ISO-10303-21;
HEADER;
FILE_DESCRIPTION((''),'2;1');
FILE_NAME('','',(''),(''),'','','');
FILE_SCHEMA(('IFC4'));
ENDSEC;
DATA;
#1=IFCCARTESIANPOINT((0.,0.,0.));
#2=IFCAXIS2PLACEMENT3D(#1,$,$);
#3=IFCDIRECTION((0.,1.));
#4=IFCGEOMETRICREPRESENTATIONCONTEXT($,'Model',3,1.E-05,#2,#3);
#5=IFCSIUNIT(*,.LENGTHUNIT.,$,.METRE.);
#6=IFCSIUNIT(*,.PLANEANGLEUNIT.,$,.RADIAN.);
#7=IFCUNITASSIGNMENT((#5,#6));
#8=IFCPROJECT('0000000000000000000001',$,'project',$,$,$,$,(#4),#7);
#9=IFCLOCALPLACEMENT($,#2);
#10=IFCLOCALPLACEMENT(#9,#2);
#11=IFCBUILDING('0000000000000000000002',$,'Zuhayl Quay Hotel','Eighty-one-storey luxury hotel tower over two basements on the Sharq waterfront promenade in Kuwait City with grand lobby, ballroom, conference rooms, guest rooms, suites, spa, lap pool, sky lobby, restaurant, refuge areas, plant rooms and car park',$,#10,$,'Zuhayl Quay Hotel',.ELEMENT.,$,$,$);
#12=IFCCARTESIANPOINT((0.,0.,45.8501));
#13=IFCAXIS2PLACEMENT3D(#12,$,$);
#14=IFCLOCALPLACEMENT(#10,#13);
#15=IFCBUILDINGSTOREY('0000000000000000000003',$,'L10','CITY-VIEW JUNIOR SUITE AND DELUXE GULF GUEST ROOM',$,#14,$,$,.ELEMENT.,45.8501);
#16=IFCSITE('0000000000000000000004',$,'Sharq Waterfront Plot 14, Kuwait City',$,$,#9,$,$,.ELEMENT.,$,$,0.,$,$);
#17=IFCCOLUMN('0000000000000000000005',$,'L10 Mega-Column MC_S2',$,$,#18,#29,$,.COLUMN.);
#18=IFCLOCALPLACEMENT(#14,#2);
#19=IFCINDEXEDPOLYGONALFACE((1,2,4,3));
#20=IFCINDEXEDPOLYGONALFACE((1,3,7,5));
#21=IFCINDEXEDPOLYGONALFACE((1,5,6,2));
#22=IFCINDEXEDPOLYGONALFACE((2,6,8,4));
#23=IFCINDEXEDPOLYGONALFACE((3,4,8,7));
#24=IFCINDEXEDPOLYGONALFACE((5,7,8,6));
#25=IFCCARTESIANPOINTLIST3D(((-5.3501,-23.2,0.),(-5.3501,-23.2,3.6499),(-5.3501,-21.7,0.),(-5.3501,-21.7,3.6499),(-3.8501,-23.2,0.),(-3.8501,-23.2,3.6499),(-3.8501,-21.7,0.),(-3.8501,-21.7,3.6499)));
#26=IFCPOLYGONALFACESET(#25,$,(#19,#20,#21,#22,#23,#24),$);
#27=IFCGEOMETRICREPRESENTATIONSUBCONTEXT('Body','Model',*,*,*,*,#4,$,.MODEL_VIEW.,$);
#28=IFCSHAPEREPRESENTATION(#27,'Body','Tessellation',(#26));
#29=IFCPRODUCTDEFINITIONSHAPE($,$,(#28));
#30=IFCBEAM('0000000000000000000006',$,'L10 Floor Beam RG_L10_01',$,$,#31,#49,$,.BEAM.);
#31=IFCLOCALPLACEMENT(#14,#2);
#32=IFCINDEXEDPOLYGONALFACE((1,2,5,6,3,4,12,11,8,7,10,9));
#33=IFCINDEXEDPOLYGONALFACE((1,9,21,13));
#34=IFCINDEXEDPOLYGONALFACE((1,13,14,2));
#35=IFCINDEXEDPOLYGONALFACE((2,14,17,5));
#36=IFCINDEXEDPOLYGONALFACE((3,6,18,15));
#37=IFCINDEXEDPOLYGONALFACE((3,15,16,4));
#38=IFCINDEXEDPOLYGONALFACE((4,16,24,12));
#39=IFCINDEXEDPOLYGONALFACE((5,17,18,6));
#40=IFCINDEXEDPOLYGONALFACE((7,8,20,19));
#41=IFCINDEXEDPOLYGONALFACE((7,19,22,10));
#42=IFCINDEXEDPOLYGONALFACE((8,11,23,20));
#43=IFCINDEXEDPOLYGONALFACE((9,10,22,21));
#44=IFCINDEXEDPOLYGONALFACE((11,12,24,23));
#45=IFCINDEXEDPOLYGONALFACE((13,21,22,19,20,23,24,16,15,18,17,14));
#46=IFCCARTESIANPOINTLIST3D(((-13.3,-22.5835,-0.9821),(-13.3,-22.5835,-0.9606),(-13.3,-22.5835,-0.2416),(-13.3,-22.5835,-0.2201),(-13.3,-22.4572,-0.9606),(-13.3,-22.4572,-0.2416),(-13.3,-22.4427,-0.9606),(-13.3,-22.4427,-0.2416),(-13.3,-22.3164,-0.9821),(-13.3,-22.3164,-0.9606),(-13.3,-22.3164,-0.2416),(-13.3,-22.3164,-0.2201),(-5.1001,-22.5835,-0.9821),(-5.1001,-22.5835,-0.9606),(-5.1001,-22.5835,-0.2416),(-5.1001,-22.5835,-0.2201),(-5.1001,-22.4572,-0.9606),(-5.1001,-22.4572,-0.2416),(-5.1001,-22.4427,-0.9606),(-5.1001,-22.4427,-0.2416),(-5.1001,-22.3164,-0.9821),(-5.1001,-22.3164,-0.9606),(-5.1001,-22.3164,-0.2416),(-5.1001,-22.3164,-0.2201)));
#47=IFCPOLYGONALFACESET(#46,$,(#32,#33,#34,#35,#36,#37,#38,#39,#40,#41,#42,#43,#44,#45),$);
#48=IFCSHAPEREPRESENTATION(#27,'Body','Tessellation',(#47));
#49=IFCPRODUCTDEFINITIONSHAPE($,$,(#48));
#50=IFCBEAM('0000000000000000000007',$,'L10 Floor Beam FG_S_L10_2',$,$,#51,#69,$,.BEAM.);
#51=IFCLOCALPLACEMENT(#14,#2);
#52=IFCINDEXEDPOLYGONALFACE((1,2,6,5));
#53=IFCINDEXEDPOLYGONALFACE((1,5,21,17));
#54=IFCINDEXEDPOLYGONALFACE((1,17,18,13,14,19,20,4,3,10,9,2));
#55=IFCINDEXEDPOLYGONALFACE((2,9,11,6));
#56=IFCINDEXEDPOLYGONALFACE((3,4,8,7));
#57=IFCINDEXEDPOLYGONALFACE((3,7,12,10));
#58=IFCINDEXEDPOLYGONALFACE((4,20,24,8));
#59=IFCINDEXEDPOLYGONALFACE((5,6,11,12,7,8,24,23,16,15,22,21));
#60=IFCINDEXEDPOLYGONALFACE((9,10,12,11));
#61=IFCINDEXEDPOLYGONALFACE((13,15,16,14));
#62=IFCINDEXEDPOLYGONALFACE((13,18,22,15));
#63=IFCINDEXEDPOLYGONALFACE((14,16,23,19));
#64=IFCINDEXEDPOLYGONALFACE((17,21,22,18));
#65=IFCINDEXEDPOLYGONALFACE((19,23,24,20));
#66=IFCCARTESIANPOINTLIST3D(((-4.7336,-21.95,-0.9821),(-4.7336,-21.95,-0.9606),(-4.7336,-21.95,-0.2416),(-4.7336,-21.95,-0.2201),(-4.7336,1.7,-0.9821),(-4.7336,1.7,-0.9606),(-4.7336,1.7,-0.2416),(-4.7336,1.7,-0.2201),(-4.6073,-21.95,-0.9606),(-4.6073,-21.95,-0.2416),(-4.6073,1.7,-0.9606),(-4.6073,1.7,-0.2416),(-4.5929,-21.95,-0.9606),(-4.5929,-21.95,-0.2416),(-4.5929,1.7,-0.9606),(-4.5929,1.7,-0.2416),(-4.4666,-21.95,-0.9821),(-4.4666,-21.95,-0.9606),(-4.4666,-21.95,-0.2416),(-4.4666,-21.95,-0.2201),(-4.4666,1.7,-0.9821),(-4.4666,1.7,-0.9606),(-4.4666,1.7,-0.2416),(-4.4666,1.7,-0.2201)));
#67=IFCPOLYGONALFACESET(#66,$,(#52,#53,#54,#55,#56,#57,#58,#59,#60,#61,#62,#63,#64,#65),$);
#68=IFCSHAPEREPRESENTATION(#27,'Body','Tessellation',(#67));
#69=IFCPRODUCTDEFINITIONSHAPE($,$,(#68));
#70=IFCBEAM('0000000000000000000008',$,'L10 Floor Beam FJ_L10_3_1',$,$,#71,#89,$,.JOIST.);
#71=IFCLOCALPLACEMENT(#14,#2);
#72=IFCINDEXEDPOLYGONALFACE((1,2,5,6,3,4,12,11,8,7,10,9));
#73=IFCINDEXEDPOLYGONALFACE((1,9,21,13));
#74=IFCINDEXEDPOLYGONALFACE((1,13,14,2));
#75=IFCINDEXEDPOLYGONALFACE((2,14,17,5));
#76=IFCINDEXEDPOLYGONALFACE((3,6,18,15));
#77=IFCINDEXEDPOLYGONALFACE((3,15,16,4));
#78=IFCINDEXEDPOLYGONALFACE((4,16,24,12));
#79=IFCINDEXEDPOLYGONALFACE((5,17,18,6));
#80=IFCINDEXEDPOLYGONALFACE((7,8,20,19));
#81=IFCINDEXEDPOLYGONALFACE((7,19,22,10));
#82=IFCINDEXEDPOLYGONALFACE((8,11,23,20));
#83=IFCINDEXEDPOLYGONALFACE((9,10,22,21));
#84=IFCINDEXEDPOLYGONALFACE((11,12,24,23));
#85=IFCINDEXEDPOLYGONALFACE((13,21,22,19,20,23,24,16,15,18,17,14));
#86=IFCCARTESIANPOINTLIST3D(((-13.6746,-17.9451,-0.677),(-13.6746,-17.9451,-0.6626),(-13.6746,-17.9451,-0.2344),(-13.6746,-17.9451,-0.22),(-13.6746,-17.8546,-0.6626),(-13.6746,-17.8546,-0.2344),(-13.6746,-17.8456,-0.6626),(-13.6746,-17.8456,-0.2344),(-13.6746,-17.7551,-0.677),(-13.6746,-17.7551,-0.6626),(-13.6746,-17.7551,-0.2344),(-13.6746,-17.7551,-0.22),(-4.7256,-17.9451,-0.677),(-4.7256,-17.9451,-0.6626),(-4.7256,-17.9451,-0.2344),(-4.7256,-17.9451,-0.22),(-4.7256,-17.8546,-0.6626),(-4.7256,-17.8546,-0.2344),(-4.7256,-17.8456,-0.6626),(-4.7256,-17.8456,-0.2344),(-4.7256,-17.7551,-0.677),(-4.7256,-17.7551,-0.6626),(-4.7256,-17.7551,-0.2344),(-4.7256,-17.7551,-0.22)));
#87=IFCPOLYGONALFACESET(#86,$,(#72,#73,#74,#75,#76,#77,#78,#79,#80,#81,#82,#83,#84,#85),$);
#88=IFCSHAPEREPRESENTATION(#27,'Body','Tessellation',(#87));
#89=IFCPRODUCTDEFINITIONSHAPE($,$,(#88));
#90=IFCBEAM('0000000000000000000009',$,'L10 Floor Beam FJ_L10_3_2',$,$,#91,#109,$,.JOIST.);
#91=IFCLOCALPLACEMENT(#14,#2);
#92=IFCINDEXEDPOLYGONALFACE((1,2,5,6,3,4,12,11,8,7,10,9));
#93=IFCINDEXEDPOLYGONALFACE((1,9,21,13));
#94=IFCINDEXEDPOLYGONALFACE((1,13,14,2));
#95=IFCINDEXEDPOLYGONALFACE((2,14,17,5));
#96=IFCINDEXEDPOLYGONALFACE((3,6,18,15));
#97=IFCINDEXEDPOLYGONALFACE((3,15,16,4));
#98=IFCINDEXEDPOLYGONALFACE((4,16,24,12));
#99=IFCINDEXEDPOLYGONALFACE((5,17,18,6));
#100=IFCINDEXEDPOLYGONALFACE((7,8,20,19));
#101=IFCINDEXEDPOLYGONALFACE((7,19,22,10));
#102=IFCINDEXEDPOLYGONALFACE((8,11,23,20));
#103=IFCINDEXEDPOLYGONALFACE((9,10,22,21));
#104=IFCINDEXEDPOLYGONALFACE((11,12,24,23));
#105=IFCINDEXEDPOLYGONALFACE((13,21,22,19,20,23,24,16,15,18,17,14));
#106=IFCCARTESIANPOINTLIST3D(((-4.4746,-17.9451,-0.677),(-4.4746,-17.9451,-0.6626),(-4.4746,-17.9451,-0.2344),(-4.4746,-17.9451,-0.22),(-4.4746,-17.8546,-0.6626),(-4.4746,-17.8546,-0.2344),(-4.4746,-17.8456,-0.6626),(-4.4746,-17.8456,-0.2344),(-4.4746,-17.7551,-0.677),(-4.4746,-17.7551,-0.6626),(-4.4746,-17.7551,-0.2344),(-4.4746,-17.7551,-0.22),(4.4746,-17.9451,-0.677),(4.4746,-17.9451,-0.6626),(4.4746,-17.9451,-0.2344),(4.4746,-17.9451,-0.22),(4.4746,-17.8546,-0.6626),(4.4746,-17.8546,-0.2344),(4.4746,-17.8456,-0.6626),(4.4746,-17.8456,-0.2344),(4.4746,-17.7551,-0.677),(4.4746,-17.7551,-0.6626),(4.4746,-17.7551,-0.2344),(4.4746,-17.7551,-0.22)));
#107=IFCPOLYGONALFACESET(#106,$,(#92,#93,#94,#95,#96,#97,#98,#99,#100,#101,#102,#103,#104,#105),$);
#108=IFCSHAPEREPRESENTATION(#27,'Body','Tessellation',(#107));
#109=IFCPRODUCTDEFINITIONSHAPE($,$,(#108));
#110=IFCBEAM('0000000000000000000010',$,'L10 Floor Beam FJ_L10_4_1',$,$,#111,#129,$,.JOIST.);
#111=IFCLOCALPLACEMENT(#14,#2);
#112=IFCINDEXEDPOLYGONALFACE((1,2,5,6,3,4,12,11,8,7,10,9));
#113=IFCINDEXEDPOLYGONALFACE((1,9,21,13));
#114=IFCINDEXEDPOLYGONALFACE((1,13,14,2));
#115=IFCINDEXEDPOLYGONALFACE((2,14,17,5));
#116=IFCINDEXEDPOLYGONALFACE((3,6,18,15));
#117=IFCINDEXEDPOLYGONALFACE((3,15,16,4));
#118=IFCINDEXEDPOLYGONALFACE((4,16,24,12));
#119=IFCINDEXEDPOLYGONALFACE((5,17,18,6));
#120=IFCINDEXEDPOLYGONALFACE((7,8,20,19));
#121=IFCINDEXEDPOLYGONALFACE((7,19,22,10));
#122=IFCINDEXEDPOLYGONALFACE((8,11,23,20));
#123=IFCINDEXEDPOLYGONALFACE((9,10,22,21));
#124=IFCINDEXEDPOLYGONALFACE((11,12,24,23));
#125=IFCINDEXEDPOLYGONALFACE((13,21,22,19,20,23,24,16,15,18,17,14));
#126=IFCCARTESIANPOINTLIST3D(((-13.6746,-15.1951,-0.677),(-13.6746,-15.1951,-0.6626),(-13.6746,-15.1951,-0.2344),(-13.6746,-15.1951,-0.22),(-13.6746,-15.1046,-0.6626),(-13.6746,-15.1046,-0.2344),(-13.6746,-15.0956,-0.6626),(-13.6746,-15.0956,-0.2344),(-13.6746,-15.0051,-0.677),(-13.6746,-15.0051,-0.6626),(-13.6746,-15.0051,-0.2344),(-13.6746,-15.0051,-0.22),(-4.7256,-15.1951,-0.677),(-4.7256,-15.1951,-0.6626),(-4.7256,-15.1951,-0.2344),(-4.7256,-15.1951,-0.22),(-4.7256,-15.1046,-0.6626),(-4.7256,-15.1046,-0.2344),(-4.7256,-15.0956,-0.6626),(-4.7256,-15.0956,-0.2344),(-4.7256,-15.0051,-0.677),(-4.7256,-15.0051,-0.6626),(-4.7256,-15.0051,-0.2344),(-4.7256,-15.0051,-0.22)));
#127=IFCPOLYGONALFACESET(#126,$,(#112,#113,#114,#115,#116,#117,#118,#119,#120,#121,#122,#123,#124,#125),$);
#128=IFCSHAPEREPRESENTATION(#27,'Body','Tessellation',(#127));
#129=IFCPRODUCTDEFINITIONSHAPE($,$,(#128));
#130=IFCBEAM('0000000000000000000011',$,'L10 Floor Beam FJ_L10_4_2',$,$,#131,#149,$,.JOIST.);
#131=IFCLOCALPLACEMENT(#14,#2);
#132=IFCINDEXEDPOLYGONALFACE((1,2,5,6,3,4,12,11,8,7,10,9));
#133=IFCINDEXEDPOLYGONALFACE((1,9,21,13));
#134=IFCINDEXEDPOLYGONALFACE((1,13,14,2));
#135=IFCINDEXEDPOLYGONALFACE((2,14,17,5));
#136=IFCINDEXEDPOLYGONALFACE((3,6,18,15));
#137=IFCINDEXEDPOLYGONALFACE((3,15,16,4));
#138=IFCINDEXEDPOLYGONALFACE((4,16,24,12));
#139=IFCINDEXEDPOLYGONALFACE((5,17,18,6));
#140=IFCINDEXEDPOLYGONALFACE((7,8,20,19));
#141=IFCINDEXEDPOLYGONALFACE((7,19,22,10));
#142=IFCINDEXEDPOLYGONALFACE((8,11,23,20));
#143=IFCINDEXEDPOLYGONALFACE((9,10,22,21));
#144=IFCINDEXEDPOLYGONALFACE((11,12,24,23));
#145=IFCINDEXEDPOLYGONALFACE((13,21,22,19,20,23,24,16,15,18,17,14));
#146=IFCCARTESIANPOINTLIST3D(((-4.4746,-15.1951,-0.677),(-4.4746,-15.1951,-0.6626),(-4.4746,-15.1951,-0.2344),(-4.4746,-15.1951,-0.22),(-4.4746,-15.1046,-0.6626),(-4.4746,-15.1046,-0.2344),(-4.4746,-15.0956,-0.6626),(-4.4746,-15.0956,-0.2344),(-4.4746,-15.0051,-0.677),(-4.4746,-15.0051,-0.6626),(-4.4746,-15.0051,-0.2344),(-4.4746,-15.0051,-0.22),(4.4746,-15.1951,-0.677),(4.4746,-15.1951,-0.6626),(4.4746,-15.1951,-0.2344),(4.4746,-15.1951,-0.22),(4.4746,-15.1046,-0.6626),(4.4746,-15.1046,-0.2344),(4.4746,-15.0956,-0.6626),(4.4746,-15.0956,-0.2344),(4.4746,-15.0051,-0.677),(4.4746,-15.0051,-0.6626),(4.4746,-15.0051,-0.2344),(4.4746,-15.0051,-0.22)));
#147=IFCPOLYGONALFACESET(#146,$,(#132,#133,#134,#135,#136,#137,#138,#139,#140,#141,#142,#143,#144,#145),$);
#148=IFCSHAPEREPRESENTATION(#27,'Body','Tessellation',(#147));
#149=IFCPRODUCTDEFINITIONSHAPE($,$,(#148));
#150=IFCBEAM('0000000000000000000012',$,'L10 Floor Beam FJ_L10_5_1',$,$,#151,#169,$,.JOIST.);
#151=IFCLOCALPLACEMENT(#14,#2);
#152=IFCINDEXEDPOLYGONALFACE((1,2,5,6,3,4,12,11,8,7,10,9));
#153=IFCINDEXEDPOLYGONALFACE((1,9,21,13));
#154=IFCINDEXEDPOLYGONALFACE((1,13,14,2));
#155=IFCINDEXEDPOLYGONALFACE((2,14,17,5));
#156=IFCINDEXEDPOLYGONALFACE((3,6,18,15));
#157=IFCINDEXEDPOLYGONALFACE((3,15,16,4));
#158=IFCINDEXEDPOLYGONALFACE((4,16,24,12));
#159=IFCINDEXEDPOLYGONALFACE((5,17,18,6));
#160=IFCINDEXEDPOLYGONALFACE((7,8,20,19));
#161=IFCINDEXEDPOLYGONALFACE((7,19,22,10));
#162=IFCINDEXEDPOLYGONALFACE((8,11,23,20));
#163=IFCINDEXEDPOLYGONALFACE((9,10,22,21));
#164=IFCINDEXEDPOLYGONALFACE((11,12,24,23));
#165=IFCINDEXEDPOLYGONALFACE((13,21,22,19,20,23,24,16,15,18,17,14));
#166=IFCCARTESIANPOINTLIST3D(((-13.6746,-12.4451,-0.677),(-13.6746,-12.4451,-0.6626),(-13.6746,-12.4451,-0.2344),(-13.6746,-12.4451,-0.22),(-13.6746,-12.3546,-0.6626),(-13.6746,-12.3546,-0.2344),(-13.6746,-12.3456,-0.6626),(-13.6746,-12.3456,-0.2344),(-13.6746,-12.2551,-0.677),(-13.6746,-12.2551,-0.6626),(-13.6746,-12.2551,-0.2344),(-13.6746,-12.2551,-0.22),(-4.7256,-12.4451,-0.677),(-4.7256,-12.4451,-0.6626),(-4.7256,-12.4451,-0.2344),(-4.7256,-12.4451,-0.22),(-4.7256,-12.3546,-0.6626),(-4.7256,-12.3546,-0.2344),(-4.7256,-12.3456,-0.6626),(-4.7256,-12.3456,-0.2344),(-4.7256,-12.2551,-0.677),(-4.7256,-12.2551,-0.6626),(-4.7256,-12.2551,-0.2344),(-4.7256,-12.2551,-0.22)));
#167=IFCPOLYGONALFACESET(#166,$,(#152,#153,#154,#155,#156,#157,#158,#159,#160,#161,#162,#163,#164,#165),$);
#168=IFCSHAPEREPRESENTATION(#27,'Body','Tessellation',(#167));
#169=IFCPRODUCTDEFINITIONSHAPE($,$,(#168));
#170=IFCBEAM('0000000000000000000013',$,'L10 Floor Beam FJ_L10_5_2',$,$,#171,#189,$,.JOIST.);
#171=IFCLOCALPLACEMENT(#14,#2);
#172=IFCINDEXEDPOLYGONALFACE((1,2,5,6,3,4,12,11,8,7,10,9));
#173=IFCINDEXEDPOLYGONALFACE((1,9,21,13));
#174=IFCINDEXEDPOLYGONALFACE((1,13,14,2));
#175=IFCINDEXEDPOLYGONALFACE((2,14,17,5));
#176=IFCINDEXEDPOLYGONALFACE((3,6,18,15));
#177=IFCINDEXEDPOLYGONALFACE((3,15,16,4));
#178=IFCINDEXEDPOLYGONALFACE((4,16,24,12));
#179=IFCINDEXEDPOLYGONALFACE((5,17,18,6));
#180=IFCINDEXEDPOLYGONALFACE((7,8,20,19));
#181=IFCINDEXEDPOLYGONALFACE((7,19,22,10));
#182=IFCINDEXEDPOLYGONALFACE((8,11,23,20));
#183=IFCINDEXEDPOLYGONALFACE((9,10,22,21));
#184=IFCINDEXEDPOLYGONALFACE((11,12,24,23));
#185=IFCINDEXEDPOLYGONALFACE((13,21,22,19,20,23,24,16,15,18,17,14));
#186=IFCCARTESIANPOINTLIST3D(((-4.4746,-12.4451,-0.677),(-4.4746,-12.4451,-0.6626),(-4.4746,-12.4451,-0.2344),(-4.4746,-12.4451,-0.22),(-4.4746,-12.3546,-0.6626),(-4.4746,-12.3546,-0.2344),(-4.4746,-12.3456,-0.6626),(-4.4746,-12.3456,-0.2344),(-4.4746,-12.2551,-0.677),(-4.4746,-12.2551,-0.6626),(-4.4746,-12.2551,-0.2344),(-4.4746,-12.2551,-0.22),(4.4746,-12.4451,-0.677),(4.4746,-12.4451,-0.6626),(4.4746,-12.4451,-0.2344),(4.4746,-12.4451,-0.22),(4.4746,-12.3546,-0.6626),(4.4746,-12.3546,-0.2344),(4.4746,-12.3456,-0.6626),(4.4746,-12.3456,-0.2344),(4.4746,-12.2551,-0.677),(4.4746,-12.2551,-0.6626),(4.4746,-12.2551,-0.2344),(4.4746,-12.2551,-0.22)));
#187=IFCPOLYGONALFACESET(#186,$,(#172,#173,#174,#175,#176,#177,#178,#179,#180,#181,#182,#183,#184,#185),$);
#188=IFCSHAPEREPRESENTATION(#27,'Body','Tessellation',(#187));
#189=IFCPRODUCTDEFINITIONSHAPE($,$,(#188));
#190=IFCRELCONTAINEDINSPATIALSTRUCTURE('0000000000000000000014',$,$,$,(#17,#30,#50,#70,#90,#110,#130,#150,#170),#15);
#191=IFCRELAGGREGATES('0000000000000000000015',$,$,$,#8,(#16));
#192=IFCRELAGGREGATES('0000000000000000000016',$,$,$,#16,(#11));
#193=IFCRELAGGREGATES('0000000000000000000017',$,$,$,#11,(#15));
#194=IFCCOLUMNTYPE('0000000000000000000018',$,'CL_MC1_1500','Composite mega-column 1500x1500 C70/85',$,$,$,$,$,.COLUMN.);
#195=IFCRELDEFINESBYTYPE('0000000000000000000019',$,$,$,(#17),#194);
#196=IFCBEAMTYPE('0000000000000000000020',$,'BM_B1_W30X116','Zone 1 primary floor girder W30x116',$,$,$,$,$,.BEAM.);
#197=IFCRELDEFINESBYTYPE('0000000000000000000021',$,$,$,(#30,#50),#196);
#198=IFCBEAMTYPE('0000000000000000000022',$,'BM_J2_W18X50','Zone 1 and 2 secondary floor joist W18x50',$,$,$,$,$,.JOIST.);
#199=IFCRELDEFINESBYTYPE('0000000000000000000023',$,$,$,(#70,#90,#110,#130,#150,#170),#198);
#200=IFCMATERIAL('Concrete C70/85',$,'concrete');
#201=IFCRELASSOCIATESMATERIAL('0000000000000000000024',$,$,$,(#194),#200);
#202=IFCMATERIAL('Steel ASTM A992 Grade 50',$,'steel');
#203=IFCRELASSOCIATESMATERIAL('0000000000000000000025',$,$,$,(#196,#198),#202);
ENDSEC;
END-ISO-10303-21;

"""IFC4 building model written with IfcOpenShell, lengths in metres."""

from ifc_helpers import new_model, si_unit, direction, frame, origin, origin_2d, place, context, subcontext, project, spatial, rectangle, i_section, extrude, material, material_profile, profile_set, type_object, element, save


model = new_model("IFC4")

# Units and contexts
model_context = context("Model", 3, precision=1e-05, world=origin(), true_north=direction((0.0, 1.0)))
body_context = subcontext(model_context, "Body", "Model", "MODEL_VIEW")
ifc_project = project(units=[si_unit("LENGTHUNIT", "METRE"), si_unit("PLANEANGLEUNIT", "RADIAN")], contexts=[model_context])

# Site, building, storey
site_placement = place(None, origin())
site = spatial("IfcSite", under=ifc_project, at=site_placement, Name="Sharq Waterfront Plot 14, Kuwait City", CompositionType="ELEMENT", RefElevation=0.0)
building_placement = place(site_placement, origin())
building = spatial("IfcBuilding", under=site, at=building_placement, Name="Zuhayl Quay Hotel", Description="Eighty-one-storey luxury hotel tower over two basements on the Sharq waterfront promenade in Kuwait City with grand lobby, ballroom, conference rooms, guest rooms, suites, spa, lap pool, sky lobby, restaurant, refuge areas, plant rooms and car park", LongName="Zuhayl Quay Hotel", CompositionType="ELEMENT")
storey_placement = place(building_placement, frame((0.0, 0.0, 45.8501)))
storey = spatial("IfcBuildingStorey", under=building, at=storey_placement, Name="L10", Description="CITY-VIEW JUNIOR SUITE AND DELUXE GULF GUEST ROOM", CompositionType="ELEMENT", Elevation=45.8501)

# Column
ifc_material_1 = material(Name="Concrete C70/85", Category="concrete")
ifc_material_profile_1 = material_profile(ifc_material_1, rectangle(XDim=1.5, YDim=1.5, at=origin_2d()), Name="RC1500X1500")
ifc_profile_set_1 = profile_set([ifc_material_profile_1], Name="Concrete C70/85")
column_type = type_object("IfcColumnType", Name="CL_MC1_1500", Description="Composite mega-column 1500x1500 C70/85", PredefinedType="COLUMN", material=ifc_profile_set_1)
column_placement = place(storey_placement, frame((-4.6001, -22.45, 0.0), z_axis=(0.0, 0.0, 1.0), x_axis=(1.0, 0.0, 0.0)))
element("IfcColumn", 1, at=column_placement, inside=storey, type_object=column_type, Name="L10 Mega-Column MC_S2", PredefinedType="COLUMN", context=body_context, shape_type="SweptSolid", body=[
    extrude(rectangle(XDim=1.5, YDim=1.5, at=origin_2d()), origin(), (0.0, 0.0, 1.0), 3.6499),
])

# Beams
ifc_material_2 = material(Name="Steel ASTM A992 Grade 50", Category="steel")
ifc_material_profile_2 = material_profile(ifc_material_2, i_section(OverallWidth=0.2671, OverallDepth=0.762, WebThickness=0.0144, FlangeThickness=0.0215, at=origin_2d()), Name="W30X116")
ifc_profile_set_2 = profile_set([ifc_material_profile_2], Name="Steel ASTM A992 Grade 50")
beam_type_1 = type_object("IfcBeamType", Name="BM_B1_W30X116", Description="Zone 1 primary floor girder W30x116", PredefinedType="BEAM", material=ifc_profile_set_2)
beam_1_placement = place(storey_placement, frame((-13.3, -22.45, -0.6011), z_axis=(1.0, 0.0, 0.0), x_axis=(0.0, 1.0, 0.0)))
element("IfcBeam", 2, at=beam_1_placement, inside=storey, type_object=beam_type_1, Name="L10 Floor Beam RG_L10_01", PredefinedType="BEAM", context=body_context, shape_type="SweptSolid", body=[
    extrude(i_section(OverallWidth=0.2671, OverallDepth=0.762, WebThickness=0.0144, FlangeThickness=0.0215, at=origin_2d()), origin(), (0.0, 0.0, 1.0), 8.2),
])
beam_2_placement = place(storey_placement, frame((-4.6001, -21.95, -0.6011), z_axis=(0.0, 1.0, 0.0), x_axis=(-1.0, 0.0, 0.0)))
element("IfcBeam", 3, at=beam_2_placement, inside=storey, type_object=beam_type_1, Name="L10 Floor Beam FG_S_L10_2", PredefinedType="BEAM", context=body_context, shape_type="SweptSolid", body=[
    extrude(i_section(OverallWidth=0.2671, OverallDepth=0.762, WebThickness=0.0144, FlangeThickness=0.0215, at=origin_2d()), origin(), (0.0, 0.0, 1.0), 23.6499),
])
ifc_material_profile_3 = material_profile(ifc_material_2, i_section(OverallWidth=0.1899, OverallDepth=0.457, WebThickness=0.009, FlangeThickness=0.0144, at=origin_2d()), Name="W18X50")
ifc_profile_set_3 = profile_set([ifc_material_profile_3], Name="Steel ASTM A992 Grade 50")
beam_type_2 = type_object("IfcBeamType", Name="BM_J2_W18X50", Description="Zone 1 and 2 secondary floor joist W18x50", PredefinedType="JOIST", material=ifc_profile_set_3)
beam_3_placement = place(storey_placement, frame((-13.6746, -17.8501, -0.4485), z_axis=(1.0, 0.0, 0.0), x_axis=(0.0, 1.0, 0.0)))
element("IfcBeam", 4, at=beam_3_placement, inside=storey, type_object=beam_type_2, Name="L10 Floor Beam FJ_L10_3_1", PredefinedType="JOIST", context=body_context, shape_type="SweptSolid", body=[
    extrude(i_section(OverallWidth=0.1899, OverallDepth=0.457, WebThickness=0.009, FlangeThickness=0.0144, at=origin_2d()), origin(), (0.0, 0.0, 1.0), 8.949),
])
beam_4_placement = place(storey_placement, frame((-4.4746, -17.8501, -0.4485), z_axis=(1.0, 0.0, 0.0), x_axis=(0.0, 1.0, 0.0)))
element("IfcBeam", 5, at=beam_4_placement, inside=storey, type_object=beam_type_2, Name="L10 Floor Beam FJ_L10_3_2", PredefinedType="JOIST", context=body_context, shape_type="SweptSolid", body=[
    extrude(i_section(OverallWidth=0.1899, OverallDepth=0.457, WebThickness=0.009, FlangeThickness=0.0144, at=origin_2d()), origin(), (0.0, 0.0, 1.0), 8.9492),
])
beam_5_placement = place(storey_placement, frame((-13.6746, -15.1001, -0.4485), z_axis=(1.0, 0.0, 0.0), x_axis=(0.0, 1.0, 0.0)))
element("IfcBeam", 6, at=beam_5_placement, inside=storey, type_object=beam_type_2, Name="L10 Floor Beam FJ_L10_4_1", PredefinedType="JOIST", context=body_context, shape_type="SweptSolid", body=[
    extrude(i_section(OverallWidth=0.1899, OverallDepth=0.457, WebThickness=0.009, FlangeThickness=0.0144, at=origin_2d()), origin(), (0.0, 0.0, 1.0), 8.949),
])
beam_6_placement = place(storey_placement, frame((-4.4746, -15.1001, -0.4485), z_axis=(1.0, 0.0, 0.0), x_axis=(0.0, 1.0, 0.0)))
element("IfcBeam", 7, at=beam_6_placement, inside=storey, type_object=beam_type_2, Name="L10 Floor Beam FJ_L10_4_2", PredefinedType="JOIST", context=body_context, shape_type="SweptSolid", body=[
    extrude(i_section(OverallWidth=0.1899, OverallDepth=0.457, WebThickness=0.009, FlangeThickness=0.0144, at=origin_2d()), origin(), (0.0, 0.0, 1.0), 8.9492),
])
beam_7_placement = place(storey_placement, frame((-13.6746, -12.3501, -0.4485), z_axis=(1.0, 0.0, 0.0), x_axis=(0.0, 1.0, 0.0)))
element("IfcBeam", 8, at=beam_7_placement, inside=storey, type_object=beam_type_2, Name="L10 Floor Beam FJ_L10_5_1", PredefinedType="JOIST", context=body_context, shape_type="SweptSolid", body=[
    extrude(i_section(OverallWidth=0.1899, OverallDepth=0.457, WebThickness=0.009, FlangeThickness=0.0144, at=origin_2d()), origin(), (0.0, 0.0, 1.0), 8.949),
])
beam_8_placement = place(storey_placement, frame((-4.4746, -12.3501, -0.4485), z_axis=(1.0, 0.0, 0.0), x_axis=(0.0, 1.0, 0.0)))
element("IfcBeam", 9, at=beam_8_placement, inside=storey, type_object=beam_type_2, Name="L10 Floor Beam FJ_L10_5_2", PredefinedType="JOIST", context=body_context, shape_type="SweptSolid", body=[
    extrude(i_section(OverallWidth=0.1899, OverallDepth=0.457, WebThickness=0.009, FlangeThickness=0.0144, at=origin_2d()), origin(), (0.0, 0.0, 1.0), 8.9492),
])

save(model, "model.ifc")
